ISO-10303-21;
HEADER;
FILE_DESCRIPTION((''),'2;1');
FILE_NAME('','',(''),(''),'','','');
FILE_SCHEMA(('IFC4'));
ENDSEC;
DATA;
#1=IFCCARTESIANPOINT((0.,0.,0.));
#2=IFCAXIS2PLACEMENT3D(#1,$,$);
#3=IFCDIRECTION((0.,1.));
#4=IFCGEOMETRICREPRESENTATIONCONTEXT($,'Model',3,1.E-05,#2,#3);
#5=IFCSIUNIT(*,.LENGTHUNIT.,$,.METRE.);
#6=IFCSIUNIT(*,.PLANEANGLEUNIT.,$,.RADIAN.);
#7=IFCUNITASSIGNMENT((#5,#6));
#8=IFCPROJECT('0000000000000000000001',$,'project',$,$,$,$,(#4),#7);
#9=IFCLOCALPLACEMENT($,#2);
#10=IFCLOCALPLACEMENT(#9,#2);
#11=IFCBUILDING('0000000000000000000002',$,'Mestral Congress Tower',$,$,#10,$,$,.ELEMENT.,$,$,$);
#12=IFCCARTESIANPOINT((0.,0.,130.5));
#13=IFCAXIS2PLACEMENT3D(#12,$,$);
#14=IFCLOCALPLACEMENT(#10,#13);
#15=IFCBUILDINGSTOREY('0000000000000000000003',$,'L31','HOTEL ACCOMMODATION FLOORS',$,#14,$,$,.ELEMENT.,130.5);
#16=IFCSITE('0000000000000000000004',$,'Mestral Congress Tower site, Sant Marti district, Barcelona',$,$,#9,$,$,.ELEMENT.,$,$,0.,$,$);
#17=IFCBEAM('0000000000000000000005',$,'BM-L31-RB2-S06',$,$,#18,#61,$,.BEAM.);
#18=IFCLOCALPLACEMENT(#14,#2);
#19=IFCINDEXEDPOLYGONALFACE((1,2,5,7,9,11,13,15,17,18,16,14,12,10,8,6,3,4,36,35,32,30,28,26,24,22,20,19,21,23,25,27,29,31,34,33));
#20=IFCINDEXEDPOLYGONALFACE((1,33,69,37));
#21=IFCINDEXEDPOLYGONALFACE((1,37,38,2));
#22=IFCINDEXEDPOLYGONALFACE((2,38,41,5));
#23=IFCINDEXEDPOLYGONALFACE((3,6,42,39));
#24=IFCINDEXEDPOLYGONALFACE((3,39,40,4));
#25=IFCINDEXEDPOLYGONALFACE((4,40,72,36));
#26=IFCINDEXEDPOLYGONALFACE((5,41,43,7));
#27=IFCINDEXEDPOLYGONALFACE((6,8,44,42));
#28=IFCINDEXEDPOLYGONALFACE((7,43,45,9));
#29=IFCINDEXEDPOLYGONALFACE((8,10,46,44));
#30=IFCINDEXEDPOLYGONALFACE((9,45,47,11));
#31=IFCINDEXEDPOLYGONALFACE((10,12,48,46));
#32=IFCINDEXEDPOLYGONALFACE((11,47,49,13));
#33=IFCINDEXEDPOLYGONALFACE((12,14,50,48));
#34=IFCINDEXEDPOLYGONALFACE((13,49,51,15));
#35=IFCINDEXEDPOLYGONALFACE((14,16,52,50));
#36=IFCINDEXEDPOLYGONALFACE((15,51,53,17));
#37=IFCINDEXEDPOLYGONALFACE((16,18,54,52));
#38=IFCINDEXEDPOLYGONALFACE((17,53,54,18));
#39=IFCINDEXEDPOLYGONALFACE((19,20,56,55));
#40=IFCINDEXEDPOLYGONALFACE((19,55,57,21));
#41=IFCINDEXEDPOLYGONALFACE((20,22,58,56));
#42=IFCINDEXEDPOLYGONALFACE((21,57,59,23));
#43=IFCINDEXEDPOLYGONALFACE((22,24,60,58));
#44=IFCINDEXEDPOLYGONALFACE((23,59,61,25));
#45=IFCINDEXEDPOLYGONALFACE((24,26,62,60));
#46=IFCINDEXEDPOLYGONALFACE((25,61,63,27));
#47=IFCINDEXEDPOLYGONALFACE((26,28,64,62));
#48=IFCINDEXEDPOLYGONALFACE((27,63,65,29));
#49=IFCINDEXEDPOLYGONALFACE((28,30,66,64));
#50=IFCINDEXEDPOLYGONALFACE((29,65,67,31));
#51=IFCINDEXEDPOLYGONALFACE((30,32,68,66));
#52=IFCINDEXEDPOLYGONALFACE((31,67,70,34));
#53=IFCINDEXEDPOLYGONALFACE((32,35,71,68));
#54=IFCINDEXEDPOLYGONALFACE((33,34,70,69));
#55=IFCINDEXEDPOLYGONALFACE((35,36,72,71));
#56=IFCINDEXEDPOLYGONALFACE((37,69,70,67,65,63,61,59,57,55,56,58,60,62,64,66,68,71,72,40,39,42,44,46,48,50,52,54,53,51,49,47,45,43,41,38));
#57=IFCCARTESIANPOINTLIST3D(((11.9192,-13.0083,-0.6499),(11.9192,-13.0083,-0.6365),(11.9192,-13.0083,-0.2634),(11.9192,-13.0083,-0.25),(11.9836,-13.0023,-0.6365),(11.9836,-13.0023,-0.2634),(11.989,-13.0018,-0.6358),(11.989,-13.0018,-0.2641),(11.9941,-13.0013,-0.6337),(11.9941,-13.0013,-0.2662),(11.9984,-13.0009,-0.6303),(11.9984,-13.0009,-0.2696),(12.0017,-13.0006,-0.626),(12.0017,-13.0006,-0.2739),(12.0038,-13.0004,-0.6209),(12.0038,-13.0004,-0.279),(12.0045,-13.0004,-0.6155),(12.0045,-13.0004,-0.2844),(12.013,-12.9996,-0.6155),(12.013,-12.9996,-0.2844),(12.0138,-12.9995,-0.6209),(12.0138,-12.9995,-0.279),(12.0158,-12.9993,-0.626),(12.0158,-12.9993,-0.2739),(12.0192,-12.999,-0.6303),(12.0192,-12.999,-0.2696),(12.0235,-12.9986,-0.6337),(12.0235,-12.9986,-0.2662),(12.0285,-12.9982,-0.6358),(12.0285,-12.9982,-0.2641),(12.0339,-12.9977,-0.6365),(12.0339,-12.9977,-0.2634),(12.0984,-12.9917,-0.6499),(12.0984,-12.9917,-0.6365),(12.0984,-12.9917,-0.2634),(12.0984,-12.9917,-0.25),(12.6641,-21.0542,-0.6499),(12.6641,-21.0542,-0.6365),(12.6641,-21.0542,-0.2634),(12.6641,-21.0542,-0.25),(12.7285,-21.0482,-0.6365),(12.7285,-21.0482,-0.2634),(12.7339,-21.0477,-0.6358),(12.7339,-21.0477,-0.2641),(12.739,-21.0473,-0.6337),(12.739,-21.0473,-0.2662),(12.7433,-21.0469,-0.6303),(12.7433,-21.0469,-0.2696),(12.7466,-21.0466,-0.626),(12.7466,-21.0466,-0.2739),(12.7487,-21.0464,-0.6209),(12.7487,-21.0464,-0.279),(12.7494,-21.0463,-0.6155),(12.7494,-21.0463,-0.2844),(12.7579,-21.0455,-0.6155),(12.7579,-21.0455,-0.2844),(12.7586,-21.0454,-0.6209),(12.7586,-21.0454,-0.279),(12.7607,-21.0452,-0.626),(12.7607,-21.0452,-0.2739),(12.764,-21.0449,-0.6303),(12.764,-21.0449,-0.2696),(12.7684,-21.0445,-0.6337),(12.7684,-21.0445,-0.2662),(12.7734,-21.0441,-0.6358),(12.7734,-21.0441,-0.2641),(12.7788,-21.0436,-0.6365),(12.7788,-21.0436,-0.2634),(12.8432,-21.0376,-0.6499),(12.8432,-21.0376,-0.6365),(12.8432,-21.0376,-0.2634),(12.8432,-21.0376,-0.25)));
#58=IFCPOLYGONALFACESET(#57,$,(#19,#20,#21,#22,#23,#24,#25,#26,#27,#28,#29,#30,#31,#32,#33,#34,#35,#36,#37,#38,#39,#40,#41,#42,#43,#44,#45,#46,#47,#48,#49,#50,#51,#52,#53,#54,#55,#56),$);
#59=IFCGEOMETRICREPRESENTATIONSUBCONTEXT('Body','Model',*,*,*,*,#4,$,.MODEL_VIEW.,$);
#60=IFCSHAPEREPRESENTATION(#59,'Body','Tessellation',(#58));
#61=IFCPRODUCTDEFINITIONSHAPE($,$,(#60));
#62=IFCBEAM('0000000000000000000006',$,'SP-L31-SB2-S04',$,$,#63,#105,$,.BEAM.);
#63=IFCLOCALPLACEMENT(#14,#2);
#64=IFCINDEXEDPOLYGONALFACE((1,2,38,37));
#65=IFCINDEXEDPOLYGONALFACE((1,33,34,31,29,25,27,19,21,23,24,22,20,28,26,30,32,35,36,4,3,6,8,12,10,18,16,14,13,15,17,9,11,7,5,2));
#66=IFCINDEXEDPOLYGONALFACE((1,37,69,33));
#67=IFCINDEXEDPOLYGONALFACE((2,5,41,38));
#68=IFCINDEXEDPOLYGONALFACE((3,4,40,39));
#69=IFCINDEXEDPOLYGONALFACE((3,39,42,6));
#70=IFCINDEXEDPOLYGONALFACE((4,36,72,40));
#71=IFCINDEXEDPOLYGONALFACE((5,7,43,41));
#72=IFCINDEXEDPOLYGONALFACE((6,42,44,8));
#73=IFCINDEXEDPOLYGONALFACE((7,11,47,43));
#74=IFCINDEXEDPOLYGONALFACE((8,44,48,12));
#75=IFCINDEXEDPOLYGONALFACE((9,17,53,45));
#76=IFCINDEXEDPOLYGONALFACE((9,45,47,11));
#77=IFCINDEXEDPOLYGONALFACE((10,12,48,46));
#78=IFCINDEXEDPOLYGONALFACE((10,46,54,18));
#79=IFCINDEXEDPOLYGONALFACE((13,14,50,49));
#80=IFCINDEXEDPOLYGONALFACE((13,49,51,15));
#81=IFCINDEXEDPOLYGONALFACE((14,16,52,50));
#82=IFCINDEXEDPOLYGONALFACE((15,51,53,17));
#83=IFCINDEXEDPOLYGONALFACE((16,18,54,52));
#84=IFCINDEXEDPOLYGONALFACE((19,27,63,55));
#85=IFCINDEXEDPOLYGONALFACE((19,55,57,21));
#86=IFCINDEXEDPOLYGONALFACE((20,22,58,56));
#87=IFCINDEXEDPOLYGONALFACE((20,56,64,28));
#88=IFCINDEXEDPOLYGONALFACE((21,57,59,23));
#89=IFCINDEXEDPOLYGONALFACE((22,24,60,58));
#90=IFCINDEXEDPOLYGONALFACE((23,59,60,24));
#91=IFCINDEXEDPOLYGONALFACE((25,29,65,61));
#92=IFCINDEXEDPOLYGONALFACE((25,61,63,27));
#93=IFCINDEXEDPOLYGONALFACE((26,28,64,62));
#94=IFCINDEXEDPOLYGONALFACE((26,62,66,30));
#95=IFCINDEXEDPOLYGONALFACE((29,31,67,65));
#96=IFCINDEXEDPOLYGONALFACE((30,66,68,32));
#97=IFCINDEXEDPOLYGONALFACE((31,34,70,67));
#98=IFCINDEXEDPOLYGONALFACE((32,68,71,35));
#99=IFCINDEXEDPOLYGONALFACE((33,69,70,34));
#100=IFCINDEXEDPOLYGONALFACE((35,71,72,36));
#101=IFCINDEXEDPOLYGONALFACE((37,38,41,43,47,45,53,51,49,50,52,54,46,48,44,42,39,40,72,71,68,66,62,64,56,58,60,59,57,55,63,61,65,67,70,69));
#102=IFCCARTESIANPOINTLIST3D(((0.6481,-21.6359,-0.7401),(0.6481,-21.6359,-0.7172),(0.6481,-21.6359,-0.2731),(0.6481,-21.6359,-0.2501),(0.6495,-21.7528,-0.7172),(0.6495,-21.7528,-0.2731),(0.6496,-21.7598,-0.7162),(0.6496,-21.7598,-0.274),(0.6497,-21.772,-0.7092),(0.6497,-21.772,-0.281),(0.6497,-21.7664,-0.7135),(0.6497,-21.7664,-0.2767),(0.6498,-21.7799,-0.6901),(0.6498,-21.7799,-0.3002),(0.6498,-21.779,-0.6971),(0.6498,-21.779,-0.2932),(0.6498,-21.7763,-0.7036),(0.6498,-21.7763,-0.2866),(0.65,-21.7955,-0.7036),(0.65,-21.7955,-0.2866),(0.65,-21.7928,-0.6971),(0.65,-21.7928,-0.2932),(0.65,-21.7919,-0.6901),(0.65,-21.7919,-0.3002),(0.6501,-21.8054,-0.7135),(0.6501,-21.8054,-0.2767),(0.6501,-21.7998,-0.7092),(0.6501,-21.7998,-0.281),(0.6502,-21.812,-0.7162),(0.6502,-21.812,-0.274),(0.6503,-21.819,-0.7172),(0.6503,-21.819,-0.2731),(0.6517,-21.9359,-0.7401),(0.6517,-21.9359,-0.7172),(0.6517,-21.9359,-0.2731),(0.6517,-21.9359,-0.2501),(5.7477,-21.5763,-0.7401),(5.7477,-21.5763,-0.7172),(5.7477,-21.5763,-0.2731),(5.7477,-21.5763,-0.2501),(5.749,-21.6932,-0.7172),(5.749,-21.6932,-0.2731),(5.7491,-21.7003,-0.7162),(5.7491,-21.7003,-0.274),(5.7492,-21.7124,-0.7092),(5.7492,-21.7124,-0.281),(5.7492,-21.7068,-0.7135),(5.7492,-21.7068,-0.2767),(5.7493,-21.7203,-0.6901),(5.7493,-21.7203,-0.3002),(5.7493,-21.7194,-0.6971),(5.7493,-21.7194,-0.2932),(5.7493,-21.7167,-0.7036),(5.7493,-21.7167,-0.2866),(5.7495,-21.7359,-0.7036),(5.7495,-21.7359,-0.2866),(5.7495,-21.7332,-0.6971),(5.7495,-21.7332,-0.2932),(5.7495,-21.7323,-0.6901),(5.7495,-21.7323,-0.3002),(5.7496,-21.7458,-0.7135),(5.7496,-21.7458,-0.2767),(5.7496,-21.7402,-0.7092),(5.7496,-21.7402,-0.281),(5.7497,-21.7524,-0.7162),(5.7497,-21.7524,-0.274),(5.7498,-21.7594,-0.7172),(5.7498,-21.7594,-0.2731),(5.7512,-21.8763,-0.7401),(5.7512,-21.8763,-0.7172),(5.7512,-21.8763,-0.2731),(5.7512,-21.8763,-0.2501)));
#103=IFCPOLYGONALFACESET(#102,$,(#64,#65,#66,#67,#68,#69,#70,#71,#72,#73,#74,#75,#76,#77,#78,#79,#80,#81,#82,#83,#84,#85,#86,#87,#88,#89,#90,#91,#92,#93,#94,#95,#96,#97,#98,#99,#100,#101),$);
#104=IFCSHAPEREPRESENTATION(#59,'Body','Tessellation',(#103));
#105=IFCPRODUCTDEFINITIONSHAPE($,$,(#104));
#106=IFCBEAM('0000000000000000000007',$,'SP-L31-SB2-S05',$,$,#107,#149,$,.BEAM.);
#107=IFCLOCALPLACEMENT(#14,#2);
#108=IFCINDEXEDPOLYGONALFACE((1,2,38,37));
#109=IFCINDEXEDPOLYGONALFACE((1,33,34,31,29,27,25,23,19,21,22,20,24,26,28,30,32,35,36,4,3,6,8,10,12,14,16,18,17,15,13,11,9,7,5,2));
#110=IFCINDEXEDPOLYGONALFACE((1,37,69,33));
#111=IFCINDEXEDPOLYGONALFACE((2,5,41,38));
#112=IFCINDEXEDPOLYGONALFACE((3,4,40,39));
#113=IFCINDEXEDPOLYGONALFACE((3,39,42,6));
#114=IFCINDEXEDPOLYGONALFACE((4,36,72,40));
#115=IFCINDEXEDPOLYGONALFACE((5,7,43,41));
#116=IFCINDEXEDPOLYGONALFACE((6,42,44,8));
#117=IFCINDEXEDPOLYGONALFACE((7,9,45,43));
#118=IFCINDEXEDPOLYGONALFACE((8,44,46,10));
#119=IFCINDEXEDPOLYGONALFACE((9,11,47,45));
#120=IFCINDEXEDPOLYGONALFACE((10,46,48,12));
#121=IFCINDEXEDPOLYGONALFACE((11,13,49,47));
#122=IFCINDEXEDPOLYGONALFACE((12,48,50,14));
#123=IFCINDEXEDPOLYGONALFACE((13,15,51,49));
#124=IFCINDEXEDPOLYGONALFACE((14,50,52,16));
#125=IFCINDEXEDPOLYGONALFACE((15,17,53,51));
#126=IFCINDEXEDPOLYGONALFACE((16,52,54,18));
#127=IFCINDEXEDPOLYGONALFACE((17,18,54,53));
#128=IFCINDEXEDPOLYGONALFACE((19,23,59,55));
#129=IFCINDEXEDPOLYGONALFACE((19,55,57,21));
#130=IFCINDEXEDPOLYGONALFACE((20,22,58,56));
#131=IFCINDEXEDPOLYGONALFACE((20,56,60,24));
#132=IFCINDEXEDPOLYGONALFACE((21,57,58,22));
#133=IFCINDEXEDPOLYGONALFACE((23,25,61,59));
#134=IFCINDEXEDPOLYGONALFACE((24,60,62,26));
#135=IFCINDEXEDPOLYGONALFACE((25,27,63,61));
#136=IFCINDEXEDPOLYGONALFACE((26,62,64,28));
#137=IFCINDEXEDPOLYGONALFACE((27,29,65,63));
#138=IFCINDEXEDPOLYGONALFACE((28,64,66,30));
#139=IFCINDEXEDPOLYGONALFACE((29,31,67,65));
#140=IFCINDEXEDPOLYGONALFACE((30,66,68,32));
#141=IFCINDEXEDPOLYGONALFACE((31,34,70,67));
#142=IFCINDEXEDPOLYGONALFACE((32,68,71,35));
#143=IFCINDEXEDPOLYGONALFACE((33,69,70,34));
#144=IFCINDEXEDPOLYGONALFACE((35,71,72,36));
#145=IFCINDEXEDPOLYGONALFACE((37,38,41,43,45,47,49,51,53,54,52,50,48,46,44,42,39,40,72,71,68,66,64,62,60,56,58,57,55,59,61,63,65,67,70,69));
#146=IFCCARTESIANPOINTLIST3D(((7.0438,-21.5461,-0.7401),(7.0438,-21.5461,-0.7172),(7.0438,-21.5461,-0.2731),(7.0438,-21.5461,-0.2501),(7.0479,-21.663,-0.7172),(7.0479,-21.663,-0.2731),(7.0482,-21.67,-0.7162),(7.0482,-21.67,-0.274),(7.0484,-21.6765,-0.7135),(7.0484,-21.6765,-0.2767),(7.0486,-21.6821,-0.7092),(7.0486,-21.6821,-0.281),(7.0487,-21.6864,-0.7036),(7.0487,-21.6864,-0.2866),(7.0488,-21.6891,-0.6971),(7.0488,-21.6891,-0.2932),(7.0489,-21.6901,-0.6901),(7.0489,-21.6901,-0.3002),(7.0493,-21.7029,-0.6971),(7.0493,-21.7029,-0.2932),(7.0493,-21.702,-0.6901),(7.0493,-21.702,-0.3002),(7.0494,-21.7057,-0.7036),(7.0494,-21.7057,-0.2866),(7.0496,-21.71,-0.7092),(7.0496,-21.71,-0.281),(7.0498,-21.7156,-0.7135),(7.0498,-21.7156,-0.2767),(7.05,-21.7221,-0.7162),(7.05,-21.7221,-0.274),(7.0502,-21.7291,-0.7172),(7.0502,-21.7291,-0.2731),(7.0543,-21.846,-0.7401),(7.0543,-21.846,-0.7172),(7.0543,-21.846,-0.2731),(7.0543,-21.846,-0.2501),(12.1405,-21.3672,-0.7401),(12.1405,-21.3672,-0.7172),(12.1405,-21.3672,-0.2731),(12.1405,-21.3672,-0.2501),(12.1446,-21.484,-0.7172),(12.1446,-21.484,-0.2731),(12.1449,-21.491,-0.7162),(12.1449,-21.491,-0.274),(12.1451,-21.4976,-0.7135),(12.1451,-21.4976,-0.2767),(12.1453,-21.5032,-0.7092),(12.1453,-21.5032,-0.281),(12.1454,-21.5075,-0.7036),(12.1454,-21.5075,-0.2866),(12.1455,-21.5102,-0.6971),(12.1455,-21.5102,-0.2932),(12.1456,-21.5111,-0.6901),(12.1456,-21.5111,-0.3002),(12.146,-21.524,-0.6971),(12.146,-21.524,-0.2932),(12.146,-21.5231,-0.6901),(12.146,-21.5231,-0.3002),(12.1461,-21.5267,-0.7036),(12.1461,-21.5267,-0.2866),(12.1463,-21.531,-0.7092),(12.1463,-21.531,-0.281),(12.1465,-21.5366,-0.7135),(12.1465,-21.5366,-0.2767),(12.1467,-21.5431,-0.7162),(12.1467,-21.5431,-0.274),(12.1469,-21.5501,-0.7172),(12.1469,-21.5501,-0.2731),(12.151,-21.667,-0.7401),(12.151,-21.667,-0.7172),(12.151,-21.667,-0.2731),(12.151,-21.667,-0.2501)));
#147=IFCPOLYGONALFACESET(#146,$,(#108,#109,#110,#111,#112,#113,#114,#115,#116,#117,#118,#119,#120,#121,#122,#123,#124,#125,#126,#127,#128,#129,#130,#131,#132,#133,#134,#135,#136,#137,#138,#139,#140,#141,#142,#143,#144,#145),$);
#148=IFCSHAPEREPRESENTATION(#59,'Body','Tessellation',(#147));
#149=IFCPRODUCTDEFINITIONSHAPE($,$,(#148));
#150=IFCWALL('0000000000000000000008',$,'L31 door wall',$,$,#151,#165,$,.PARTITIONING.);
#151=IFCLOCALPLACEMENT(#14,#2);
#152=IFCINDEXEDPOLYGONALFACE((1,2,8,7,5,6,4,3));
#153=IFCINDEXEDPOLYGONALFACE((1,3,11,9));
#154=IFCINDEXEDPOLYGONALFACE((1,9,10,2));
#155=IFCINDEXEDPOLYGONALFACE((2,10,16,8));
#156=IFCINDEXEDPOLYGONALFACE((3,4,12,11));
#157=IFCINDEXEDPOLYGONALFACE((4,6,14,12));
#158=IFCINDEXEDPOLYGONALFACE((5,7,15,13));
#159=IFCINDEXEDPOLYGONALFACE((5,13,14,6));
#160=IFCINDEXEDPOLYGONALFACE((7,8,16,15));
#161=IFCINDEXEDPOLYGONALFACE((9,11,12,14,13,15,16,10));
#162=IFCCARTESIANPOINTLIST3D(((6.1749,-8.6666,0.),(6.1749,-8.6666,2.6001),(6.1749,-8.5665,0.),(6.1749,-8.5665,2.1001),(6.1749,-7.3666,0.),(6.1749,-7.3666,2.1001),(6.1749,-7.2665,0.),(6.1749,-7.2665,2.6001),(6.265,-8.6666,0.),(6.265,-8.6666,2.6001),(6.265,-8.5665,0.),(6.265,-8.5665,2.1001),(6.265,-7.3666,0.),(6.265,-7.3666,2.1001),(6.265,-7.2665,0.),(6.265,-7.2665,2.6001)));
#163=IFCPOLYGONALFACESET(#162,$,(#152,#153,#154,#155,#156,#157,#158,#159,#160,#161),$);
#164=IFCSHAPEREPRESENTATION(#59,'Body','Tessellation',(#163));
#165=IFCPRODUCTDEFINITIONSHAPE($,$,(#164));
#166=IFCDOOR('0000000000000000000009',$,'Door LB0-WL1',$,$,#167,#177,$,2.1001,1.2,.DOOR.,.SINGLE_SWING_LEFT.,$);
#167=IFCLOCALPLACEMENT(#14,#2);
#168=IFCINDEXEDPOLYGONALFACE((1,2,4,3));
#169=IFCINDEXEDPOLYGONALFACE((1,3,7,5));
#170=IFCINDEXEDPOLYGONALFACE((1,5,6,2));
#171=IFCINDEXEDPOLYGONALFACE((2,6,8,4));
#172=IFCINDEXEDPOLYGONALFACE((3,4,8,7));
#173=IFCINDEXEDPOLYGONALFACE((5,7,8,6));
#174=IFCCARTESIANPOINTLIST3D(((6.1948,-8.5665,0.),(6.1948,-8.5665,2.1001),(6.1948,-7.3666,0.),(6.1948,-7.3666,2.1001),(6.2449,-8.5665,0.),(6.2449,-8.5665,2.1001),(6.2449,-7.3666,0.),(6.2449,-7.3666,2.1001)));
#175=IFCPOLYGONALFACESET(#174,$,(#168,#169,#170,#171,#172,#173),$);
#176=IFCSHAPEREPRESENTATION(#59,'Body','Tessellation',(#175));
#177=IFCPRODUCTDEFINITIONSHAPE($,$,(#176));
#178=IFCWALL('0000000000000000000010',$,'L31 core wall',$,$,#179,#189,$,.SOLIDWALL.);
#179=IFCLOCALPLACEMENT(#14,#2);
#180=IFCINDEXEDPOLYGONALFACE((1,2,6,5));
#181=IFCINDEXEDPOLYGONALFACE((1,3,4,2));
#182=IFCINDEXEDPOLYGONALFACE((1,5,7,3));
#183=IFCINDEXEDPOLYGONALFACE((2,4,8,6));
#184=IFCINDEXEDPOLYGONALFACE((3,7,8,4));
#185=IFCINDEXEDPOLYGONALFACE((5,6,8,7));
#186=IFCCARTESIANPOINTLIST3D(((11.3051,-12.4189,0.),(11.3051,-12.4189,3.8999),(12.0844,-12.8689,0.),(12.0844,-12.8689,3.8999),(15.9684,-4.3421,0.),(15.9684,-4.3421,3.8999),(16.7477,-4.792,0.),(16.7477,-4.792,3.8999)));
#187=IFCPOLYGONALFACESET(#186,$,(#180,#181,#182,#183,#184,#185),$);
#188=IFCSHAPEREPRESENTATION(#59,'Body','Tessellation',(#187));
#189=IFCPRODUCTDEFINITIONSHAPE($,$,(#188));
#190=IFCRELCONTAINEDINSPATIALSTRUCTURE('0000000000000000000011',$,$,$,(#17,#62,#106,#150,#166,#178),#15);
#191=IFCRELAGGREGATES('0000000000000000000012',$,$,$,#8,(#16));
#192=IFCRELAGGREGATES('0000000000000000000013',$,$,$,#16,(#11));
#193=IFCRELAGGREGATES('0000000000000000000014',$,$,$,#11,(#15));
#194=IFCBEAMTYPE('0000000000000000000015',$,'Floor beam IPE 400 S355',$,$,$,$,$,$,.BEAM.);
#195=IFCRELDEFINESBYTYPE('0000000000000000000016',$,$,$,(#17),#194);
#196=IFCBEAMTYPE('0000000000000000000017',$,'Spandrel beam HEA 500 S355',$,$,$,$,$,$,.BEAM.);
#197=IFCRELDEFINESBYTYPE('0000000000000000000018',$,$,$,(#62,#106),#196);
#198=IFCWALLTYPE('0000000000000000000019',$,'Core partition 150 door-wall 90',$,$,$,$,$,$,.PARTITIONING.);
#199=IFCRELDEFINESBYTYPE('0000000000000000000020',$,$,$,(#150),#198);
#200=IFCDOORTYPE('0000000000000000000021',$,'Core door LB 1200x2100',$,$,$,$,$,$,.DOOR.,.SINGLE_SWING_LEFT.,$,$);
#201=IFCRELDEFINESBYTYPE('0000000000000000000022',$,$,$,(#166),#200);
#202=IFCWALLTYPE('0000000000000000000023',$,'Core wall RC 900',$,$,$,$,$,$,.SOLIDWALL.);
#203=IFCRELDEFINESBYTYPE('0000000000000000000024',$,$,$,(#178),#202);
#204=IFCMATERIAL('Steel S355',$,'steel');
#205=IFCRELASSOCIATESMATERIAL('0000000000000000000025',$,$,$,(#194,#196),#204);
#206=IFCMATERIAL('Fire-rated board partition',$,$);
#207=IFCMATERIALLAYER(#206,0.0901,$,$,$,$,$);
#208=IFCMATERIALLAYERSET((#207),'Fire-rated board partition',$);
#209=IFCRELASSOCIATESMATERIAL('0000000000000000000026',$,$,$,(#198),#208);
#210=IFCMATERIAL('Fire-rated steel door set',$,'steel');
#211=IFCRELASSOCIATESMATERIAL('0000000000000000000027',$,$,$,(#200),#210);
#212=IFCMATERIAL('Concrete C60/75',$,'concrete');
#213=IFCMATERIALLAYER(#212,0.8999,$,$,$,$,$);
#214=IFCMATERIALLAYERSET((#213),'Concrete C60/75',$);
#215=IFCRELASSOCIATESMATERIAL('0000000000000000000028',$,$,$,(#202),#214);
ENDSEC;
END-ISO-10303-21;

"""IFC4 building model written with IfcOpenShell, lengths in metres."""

from ifc_helpers import new_model, si_unit, direction, frame, frame_2d, origin, origin_2d, place, context, subcontext, project, spatial, rectangle, i_section, extrude, material, layer, layer_set, material_profile, profile_set, type_object, element, fill, save


model = new_model("IFC4")

# Units and contexts
model_context = context("Model", 3, precision=1e-05, world=origin(), true_north=direction((0.0, 1.0)))
body_context = subcontext(model_context, "Body", "Model", "MODEL_VIEW")
ifc_project = project(units=[si_unit("LENGTHUNIT", "METRE"), si_unit("PLANEANGLEUNIT", "RADIAN")], contexts=[model_context])

# Site, building, storey
site_placement = place(None, origin())
site = spatial("IfcSite", under=ifc_project, at=site_placement, Name="Mestral Congress Tower site, Sant Marti district, Barcelona", CompositionType="ELEMENT", RefElevation=0.0)
building_placement = place(site_placement, origin())
building = spatial("IfcBuilding", under=site, at=building_placement, Name="Mestral Congress Tower", CompositionType="ELEMENT")
storey_placement = place(building_placement, frame((0.0, 0.0, 130.5)))
storey = spatial("IfcBuildingStorey", under=building, at=storey_placement, Name="L31", Description="HOTEL ACCOMMODATION FLOORS", CompositionType="ELEMENT", Elevation=130.5)

# Beams
ifc_material_1 = material(Name="Steel S355", Category="steel")
ifc_material_profile_1 = material_profile(ifc_material_1, i_section(OverallWidth=0.1799, OverallDepth=0.3999, WebThickness=0.0085, FlangeThickness=0.0134, FilletRadius=0.021, at=origin_2d()), Name="IPE 400")
ifc_profile_set_1 = profile_set([ifc_material_profile_1], Name="Steel S355")
beam_type_1 = type_object("IfcBeamType", Name="Floor beam IPE 400 S355", PredefinedType="BEAM", material=ifc_profile_set_1)
beam_1_placement = place(storey_placement, frame((12.7537, -21.0459, -0.45), z_axis=(-0.092184, 0.995742, 0.0), x_axis=(-0.995742, -0.092184, 0.0)))
element("IfcBeam", 1, at=beam_1_placement, inside=storey, type_object=beam_type_1, Name="BM-L31-RB2-S06", PredefinedType="BEAM", context=body_context, shape_type="SweptSolid", body=[
    extrude(i_section(OverallWidth=0.1799, OverallDepth=0.3999, WebThickness=0.0085, FlangeThickness=0.0134, FilletRadius=0.021, at=origin_2d()), origin(), (0.0, 0.0, 1.0), 8.0803),
])
ifc_material_profile_2 = material_profile(ifc_material_1, i_section(OverallWidth=0.3, OverallDepth=0.49, WebThickness=0.012, FlangeThickness=0.0229, FilletRadius=0.0271, at=origin_2d()), Name="HEA 500")
ifc_profile_set_2 = profile_set([ifc_material_profile_2], Name="Steel S355")
beam_type_2 = type_object("IfcBeamType", Name="Spandrel beam HEA 500 S355", PredefinedType="BEAM", material=ifc_profile_set_2)
for number, where, z_axis, x_axis, name in (
    (2, (0.6499, -21.7859, -0.4951), (0.999932, 0.011681, 0.0), (-0.011681, 0.999932, 0.0), "SP-L31-SB2-S04"),
    (3, (7.0491, -21.696, -0.4951), (0.999384, 0.03509, 0.0), (-0.03509, 0.999384, 0.0), "SP-L31-SB2-S05"),
):
    element("IfcBeam", number, at=place(storey_placement, frame(where, z_axis=z_axis, x_axis=x_axis)), inside=storey, type_object=beam_type_2, Name=name, PredefinedType="BEAM", context=body_context, shape_type="SweptSolid", body=[
        extrude(i_section(OverallWidth=0.3, OverallDepth=0.49, WebThickness=0.012, FlangeThickness=0.0229, FilletRadius=0.0271, at=origin_2d()), origin(), (0.0, 0.0, 1.0), 5.0999),
    ])

# Wall, opening, door
ifc_material_2 = material(Name="Fire-rated board partition")
ifc_layer_1 = layer(ifc_material_2, 0.0901)
ifc_layer_set_1 = layer_set([ifc_layer_1], Name="Fire-rated board partition")
wall_type_1 = type_object("IfcWallType", Name="Core partition 150 door-wall 90", PredefinedType="PARTITIONING", material=ifc_layer_set_1)
wall_1_placement = place(storey_placement, frame((6.22, -7.2664, 0.0), z_axis=(0.0, 0.0, 1.0), x_axis=(0.0, -1.0, 0.0)))
wall_1 = element("IfcWall", 4, at=wall_1_placement, inside=storey, type_object=wall_type_1, Name="L31 door wall", PredefinedType="PARTITIONING", context=body_context, shape_type="SweptSolid", body=[
    extrude(rectangle(XDim=1.4001, YDim=0.0901, at=frame_2d((0.7002, 0.0))), origin(), (0.0, 0.0, 1.0), 2.6001),
])
opening_1_placement = place(wall_1_placement, frame((0.1001, 0.0, 0.0)))
opening_1 = element("IfcOpeningElement", 5, at=opening_1_placement, cuts=wall_1, PredefinedType="OPENING", context=body_context, shape_type="SweptSolid", body=[
    extrude(rectangle(XDim=1.2, YDim=2.1001, at=frame_2d((0.6001, 1.05))), frame((0.0, 0.0549, 0.0), z_axis=(0.0, -1.0, 0.0), x_axis=(1.0, 0.0, 0.0)), (0.0, 0.0, 1.0), 0.1101),
])
ifc_material_3 = material(Name="Fire-rated steel door set", Category="steel")
door_type_1 = type_object("IfcDoorType", Name="Core door LB 1200x2100", OperationType="SINGLE_SWING_LEFT", PredefinedType="DOOR", material=ifc_material_3)
door_1_placement = place(opening_1_placement, origin())
door_1 = element("IfcDoor", 6, at=door_1_placement, inside=storey, type_object=door_type_1, Name="Door LB0-WL1", OperationType="SINGLE_SWING_LEFT", OverallHeight=2.1001, OverallWidth=1.2, PredefinedType="DOOR", context=body_context, shape_type="SweptSolid", body=[
    extrude(rectangle(XDim=1.2, YDim=2.1001, at=frame_2d((0.6001, 1.05))), frame((0.0, 0.0249, 0.0), z_axis=(0.0, -1.0, 0.0), x_axis=(1.0, 0.0, 0.0)), (0.0, 0.0, 1.0), 0.05),
])
fill(opening_1, door_1)

# Wall
ifc_material_4 = material(Name="Concrete C60/75", Category="concrete")
ifc_layer_2 = layer(ifc_material_4, 0.8999)
ifc_layer_set_2 = layer_set([ifc_layer_2], Name="Concrete C60/75")
wall_type_2 = type_object("IfcWallType", Name="Core wall RC 900", PredefinedType="SOLIDWALL", material=ifc_layer_set_2)
wall_2_placement = place(storey_placement, frame((11.6948, -12.6438, 0.0), z_axis=(0.0, 0.0, 1.0), x_axis=(0.50001, 0.866019, 0.0)))
element("IfcWall", 7, at=wall_2_placement, inside=storey, type_object=wall_type_2, Name="L31 core wall", PredefinedType="SOLIDWALL", context=body_context, shape_type="SweptSolid", body=[
    extrude(rectangle(XDim=9.3264, YDim=0.8999, at=frame_2d((4.6631, 0.0))), origin(), (0.0, 0.0, 1.0), 3.8999),
])

save(model, "model.ifc")
